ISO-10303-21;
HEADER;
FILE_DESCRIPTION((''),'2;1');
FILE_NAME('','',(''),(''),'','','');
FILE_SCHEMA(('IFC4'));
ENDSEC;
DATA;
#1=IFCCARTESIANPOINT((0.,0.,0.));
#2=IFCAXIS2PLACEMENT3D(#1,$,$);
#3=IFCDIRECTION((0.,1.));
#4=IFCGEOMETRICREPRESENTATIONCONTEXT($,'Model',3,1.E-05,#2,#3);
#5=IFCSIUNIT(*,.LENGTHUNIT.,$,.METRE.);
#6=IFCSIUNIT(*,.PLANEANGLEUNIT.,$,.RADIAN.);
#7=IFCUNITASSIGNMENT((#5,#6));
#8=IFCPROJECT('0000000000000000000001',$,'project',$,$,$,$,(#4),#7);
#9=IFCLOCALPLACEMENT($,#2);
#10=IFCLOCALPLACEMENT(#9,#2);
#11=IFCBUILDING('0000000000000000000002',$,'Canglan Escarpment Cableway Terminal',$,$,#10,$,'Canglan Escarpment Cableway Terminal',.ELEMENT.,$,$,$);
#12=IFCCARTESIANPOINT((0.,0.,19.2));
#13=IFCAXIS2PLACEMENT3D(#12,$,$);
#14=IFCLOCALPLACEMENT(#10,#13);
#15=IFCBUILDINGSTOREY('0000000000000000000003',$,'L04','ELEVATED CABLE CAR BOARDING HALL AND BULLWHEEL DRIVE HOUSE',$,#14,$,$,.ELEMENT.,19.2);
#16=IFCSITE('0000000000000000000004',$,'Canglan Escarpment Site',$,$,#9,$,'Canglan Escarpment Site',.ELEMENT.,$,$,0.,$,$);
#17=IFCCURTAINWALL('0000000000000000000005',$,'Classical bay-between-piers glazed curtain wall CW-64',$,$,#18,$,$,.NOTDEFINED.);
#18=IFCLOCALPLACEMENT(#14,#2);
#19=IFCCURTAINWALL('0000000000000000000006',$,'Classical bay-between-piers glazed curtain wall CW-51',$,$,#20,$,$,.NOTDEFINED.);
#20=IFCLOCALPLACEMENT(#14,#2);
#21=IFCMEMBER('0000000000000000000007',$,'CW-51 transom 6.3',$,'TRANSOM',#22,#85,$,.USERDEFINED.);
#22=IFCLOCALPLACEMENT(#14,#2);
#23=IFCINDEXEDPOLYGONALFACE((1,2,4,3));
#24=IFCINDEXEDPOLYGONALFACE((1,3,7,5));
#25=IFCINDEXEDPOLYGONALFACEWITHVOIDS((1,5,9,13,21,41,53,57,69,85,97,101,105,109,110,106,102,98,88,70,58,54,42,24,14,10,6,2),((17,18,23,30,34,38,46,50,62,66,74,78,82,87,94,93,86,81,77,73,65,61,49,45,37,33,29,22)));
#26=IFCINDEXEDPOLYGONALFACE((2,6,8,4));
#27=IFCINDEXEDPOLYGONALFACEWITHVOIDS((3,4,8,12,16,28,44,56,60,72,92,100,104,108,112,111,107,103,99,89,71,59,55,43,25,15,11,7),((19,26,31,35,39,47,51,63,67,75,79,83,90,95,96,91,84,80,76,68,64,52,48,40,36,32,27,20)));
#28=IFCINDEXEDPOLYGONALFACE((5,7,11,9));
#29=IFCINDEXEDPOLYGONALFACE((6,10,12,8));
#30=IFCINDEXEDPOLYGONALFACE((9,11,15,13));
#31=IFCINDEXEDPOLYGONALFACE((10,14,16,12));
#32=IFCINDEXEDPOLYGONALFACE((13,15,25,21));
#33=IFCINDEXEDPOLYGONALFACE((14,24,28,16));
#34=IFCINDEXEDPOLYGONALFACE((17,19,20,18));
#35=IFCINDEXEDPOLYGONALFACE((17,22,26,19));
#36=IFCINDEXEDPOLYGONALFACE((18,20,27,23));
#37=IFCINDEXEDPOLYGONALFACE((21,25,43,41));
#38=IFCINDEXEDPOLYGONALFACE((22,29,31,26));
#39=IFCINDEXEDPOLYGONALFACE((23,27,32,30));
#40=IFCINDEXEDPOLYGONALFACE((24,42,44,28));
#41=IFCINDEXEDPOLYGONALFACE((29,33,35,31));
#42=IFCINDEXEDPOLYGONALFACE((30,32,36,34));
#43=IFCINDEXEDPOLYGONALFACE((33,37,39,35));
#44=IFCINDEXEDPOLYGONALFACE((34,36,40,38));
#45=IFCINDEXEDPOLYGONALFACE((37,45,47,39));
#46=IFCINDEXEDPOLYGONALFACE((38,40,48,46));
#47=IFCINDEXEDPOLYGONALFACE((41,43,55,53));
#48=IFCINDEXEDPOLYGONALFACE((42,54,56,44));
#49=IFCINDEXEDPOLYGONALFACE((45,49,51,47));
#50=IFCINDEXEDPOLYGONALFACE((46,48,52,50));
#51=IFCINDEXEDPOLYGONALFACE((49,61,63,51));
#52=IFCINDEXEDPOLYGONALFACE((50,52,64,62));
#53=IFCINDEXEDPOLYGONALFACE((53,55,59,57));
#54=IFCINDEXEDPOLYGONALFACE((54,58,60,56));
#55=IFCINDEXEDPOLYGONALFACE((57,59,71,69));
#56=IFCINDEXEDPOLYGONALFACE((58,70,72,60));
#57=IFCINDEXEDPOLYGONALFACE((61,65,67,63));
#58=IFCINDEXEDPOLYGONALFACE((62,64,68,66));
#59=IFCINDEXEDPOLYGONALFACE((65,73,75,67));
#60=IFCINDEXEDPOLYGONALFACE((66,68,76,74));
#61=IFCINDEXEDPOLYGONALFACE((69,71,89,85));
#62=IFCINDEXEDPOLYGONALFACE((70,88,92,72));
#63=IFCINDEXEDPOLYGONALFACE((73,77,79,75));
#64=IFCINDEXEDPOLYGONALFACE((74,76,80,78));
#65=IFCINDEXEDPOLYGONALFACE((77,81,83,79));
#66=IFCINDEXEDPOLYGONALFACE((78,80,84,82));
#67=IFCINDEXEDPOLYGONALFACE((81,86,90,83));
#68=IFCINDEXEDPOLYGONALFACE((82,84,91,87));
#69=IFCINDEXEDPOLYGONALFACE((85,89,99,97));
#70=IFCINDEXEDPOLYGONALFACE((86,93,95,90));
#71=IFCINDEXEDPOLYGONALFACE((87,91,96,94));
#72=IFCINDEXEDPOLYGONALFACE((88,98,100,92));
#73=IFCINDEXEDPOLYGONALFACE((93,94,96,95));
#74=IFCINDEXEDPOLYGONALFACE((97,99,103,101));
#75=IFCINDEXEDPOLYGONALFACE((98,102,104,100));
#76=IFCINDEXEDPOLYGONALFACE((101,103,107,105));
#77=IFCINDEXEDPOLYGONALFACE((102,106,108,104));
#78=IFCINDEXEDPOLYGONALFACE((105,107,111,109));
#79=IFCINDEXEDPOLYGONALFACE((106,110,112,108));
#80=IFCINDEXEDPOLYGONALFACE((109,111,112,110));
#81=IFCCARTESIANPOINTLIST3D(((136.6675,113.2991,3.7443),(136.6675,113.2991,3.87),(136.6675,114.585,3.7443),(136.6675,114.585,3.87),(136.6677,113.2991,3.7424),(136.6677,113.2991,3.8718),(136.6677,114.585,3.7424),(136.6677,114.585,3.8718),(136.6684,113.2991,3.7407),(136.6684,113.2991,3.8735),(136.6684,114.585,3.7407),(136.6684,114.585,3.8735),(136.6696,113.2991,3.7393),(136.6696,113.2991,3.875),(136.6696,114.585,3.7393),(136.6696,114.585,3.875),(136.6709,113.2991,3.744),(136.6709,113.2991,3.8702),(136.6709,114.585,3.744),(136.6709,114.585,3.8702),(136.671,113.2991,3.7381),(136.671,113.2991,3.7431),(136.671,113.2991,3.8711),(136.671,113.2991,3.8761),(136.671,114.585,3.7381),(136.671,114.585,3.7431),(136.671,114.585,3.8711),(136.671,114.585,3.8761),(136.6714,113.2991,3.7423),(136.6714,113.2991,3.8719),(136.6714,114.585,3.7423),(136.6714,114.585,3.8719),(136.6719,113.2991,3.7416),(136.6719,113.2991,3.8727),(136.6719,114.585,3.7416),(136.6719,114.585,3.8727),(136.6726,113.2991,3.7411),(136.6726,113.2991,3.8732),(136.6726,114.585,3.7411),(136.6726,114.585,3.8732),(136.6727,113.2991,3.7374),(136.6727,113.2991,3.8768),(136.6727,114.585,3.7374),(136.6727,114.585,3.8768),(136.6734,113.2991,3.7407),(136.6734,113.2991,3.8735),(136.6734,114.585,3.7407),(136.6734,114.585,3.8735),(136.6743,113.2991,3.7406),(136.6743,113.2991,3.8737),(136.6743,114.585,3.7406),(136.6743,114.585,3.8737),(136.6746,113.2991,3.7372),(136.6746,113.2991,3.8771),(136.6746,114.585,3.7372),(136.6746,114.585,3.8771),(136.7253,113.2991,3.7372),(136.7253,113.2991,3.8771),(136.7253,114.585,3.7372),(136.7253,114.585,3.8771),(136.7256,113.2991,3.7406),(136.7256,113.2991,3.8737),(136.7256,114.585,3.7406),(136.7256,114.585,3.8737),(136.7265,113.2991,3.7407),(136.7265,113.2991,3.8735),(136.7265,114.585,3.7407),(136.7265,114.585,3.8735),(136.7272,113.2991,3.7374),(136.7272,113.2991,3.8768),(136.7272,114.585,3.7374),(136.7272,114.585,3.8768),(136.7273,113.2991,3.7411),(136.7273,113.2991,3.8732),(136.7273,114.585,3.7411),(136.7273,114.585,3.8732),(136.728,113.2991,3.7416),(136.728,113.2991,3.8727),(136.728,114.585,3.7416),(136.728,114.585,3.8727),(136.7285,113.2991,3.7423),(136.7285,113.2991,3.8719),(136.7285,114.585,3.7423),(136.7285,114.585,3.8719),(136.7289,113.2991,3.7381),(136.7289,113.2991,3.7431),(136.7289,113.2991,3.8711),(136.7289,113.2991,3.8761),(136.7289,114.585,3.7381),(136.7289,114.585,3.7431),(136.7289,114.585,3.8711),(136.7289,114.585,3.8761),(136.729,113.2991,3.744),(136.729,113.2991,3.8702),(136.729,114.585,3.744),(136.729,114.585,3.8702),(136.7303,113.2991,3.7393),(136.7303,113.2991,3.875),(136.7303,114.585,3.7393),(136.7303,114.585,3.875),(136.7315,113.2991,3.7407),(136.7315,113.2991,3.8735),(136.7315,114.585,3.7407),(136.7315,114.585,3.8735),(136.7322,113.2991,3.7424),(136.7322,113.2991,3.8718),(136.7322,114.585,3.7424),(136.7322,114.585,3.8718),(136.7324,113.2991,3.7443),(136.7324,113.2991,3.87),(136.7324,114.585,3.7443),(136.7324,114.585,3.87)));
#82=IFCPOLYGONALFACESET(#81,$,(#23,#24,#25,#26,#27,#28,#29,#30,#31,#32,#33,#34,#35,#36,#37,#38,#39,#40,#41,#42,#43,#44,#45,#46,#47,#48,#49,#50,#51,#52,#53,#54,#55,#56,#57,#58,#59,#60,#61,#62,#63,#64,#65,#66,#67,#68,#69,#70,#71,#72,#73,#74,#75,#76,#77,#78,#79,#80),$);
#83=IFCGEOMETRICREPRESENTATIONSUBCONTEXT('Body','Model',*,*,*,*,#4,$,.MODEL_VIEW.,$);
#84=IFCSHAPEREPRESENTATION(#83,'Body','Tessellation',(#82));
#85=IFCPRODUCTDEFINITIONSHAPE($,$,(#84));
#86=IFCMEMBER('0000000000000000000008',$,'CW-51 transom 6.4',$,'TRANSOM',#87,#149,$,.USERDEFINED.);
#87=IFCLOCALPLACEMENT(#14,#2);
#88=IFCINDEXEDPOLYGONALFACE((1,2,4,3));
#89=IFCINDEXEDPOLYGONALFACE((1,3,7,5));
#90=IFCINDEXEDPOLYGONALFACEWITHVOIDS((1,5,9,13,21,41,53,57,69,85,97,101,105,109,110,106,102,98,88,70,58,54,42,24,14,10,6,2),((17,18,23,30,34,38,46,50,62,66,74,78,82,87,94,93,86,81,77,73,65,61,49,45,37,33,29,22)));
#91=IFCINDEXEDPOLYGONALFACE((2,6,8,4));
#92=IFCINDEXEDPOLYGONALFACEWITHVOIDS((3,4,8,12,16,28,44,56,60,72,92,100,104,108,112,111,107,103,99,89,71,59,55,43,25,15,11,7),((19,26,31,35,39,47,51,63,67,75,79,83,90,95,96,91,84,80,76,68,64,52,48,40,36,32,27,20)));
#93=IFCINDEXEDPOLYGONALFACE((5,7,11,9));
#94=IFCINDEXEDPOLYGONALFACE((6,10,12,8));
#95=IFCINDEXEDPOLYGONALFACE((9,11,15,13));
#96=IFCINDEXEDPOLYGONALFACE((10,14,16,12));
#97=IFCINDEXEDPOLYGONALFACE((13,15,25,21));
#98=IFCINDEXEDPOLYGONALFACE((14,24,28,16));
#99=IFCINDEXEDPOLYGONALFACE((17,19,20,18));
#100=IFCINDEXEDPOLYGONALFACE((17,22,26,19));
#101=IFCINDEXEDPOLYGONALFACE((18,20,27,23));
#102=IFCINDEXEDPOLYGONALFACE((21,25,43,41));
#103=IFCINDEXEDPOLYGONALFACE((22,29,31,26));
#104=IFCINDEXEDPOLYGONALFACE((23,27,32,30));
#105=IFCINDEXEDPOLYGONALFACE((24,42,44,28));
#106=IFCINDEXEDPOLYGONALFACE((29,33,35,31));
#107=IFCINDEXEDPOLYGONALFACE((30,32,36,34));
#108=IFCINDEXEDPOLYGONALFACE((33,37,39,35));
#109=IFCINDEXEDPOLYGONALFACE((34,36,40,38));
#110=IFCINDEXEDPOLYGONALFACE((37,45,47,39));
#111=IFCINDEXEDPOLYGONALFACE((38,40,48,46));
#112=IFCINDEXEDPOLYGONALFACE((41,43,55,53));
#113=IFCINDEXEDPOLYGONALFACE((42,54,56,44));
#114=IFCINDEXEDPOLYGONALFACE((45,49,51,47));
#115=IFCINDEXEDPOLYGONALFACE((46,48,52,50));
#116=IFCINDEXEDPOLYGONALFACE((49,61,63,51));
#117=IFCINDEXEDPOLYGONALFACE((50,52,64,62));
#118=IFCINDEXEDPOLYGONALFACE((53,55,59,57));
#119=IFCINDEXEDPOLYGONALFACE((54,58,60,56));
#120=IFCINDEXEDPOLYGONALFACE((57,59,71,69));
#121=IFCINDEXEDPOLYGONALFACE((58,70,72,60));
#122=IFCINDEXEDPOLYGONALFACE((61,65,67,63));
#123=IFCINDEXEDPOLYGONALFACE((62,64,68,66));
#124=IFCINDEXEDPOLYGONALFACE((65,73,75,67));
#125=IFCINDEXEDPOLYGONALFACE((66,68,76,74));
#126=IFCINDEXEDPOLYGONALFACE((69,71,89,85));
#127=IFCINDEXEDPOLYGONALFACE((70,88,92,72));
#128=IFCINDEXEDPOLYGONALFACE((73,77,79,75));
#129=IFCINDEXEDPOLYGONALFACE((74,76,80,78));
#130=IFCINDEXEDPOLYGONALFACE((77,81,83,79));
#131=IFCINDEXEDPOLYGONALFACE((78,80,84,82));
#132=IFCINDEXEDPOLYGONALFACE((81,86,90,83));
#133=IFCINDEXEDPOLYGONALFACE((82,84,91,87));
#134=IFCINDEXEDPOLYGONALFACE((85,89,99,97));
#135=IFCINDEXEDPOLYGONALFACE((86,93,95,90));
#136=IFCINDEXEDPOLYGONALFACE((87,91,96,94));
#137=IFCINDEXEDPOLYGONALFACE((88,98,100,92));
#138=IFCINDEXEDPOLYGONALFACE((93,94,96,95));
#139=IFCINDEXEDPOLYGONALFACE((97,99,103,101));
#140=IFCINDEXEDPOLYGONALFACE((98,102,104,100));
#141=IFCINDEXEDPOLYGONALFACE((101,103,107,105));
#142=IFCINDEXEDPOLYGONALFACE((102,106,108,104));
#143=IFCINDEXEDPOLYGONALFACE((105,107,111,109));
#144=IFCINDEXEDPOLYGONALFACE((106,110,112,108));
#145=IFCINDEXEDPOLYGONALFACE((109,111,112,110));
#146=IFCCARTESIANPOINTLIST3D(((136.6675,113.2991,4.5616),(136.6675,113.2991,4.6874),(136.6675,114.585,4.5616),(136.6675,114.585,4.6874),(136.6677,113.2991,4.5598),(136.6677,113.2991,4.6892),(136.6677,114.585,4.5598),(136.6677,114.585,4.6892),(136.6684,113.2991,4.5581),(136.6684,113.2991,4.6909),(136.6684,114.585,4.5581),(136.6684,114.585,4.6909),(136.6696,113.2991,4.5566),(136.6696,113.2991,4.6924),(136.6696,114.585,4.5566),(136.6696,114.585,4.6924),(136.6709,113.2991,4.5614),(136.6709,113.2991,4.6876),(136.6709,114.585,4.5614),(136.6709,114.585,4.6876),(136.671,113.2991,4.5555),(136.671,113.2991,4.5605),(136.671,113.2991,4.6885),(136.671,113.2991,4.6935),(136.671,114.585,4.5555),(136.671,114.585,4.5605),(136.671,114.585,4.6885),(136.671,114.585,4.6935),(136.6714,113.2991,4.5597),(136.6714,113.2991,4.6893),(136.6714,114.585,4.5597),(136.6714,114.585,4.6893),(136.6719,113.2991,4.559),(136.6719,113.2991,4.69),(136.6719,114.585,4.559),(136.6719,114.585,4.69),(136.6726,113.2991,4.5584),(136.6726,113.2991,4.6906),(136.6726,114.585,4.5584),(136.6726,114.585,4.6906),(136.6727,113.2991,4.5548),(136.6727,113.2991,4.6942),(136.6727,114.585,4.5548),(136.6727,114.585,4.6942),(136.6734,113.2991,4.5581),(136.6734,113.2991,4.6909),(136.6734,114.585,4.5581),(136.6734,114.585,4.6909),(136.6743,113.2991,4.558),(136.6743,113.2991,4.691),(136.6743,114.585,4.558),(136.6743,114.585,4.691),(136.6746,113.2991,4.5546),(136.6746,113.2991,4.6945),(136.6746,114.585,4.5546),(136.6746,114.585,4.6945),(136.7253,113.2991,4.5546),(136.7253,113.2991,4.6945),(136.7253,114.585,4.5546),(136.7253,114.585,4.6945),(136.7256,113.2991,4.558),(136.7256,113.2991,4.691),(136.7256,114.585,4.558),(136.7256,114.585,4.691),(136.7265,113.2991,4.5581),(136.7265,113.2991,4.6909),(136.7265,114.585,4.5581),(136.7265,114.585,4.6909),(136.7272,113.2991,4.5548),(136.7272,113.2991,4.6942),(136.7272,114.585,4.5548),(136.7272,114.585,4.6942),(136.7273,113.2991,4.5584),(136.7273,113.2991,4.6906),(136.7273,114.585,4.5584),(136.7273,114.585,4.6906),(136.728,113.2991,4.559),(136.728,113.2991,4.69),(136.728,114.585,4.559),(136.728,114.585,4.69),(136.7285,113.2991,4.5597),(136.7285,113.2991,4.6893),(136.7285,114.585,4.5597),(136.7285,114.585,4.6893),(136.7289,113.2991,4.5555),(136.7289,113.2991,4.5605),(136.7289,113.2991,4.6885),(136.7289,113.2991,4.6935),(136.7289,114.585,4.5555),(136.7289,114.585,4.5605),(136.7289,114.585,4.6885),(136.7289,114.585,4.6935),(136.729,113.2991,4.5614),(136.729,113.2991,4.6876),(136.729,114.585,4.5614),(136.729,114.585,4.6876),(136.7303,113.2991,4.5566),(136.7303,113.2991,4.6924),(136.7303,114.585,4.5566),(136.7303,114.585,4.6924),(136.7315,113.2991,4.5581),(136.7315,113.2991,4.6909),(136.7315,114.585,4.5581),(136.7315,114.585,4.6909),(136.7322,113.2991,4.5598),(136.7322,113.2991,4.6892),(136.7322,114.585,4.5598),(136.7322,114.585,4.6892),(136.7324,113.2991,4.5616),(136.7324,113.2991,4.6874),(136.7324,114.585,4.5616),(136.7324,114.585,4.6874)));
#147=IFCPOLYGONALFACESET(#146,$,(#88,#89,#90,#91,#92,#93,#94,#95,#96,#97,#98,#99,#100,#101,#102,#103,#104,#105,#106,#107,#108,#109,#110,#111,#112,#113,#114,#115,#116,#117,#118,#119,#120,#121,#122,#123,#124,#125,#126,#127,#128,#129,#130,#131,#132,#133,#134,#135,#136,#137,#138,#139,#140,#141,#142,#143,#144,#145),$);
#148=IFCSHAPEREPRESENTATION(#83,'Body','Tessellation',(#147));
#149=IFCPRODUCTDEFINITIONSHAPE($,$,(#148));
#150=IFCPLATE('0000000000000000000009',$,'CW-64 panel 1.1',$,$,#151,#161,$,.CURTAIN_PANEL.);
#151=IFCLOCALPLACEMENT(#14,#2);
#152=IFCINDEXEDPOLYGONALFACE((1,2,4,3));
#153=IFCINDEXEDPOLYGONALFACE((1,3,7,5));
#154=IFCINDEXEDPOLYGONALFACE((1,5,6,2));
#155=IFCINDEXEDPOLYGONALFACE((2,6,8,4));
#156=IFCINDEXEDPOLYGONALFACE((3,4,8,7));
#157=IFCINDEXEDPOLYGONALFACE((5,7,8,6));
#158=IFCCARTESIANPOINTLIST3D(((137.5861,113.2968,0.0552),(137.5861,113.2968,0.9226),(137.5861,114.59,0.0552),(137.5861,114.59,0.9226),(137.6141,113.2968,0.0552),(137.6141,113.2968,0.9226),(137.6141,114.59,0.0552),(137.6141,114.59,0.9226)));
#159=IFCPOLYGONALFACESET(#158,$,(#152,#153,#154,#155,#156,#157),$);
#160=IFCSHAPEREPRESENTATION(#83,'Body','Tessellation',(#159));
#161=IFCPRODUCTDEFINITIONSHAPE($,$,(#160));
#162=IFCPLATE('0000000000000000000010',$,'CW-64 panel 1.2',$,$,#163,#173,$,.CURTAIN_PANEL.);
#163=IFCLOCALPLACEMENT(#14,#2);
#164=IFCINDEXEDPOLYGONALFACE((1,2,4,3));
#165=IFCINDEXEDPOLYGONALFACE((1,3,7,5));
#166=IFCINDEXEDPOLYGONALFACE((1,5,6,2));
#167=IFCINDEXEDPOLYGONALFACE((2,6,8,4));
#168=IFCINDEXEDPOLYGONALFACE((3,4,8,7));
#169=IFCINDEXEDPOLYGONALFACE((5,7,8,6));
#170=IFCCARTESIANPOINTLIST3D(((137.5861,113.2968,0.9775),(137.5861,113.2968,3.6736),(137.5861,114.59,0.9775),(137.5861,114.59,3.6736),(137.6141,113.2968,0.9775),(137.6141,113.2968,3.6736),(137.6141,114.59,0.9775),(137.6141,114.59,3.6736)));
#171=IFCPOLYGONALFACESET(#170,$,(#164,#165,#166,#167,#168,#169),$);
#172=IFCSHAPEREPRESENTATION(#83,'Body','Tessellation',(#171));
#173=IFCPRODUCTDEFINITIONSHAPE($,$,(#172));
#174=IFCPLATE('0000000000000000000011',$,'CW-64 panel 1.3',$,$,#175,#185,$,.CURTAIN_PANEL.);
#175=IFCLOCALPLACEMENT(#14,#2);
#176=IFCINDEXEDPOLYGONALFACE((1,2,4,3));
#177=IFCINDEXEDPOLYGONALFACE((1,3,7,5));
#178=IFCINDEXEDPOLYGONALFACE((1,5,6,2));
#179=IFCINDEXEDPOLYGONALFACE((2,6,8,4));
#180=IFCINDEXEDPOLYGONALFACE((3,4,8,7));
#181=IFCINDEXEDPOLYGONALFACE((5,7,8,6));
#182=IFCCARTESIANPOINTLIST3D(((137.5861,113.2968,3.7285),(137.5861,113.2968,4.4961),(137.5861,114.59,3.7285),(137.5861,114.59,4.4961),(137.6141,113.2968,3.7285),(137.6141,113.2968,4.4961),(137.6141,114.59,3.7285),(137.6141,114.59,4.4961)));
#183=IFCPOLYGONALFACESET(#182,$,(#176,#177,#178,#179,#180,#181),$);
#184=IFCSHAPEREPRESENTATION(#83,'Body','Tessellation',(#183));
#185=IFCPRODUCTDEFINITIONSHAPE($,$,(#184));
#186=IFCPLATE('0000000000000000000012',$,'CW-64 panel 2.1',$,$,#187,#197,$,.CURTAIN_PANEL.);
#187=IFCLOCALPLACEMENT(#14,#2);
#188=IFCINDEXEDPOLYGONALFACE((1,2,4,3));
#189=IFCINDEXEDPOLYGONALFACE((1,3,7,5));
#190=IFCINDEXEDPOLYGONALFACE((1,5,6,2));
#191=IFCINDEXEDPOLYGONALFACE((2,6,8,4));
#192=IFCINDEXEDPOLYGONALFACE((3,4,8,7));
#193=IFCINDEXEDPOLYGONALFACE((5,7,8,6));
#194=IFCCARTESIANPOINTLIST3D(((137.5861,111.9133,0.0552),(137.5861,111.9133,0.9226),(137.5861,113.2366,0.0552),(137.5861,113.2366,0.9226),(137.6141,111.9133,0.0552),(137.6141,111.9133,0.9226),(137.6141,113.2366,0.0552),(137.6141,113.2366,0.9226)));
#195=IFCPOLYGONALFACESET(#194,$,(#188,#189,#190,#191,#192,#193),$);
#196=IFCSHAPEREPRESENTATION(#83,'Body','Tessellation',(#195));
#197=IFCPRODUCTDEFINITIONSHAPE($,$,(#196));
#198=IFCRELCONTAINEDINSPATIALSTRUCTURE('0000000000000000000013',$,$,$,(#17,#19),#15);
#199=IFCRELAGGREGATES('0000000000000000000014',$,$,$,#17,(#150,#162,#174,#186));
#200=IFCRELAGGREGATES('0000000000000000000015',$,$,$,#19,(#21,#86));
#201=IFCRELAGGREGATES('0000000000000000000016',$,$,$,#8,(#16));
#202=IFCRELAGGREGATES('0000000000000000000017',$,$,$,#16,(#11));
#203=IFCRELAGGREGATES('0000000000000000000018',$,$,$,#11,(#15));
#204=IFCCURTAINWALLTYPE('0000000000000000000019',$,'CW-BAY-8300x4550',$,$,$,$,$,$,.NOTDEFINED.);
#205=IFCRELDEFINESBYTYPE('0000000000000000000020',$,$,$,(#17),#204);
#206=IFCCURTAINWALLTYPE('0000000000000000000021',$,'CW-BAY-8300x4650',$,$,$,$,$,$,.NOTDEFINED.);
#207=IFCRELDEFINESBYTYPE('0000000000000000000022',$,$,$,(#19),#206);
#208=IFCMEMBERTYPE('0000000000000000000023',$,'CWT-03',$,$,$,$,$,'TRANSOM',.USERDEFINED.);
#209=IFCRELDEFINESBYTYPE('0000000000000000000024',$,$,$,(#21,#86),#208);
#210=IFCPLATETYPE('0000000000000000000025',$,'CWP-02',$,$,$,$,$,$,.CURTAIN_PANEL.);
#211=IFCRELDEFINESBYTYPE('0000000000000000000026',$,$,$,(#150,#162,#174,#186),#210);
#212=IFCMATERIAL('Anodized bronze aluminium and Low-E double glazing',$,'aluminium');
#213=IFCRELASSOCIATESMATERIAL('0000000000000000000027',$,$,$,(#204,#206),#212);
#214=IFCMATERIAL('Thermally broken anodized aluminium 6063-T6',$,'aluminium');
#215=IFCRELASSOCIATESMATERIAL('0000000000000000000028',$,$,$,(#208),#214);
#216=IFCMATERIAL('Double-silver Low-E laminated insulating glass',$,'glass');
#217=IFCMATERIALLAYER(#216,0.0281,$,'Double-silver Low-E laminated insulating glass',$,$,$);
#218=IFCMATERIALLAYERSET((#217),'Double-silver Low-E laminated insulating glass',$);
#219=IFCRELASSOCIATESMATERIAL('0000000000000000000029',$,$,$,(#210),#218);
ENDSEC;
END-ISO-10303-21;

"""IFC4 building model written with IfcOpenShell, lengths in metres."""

from ifc_helpers import new_model, si_unit, direction, frame, origin, origin_2d, place, context, subcontext, project, spatial, rectangle, hollow_rectangle, extrude, material, layer, layer_set, material_profile, profile_set, type_object, element, aggregate, save


model = new_model("IFC4")

# Units and contexts
model_context = context("Model", 3, precision=1e-05, world=origin(), true_north=direction((0.0, 1.0)))
body_context = subcontext(model_context, "Body", "Model", "MODEL_VIEW")
ifc_project = project(units=[si_unit("LENGTHUNIT", "METRE"), si_unit("PLANEANGLEUNIT", "RADIAN")], contexts=[model_context])

# Site, building, storey
site_placement = place(None, origin())
site = spatial("IfcSite", under=ifc_project, at=site_placement, Name="Canglan Escarpment Site", LongName="Canglan Escarpment Site", CompositionType="ELEMENT", RefElevation=0.0)
building_placement = place(site_placement, origin())
building = spatial("IfcBuilding", under=site, at=building_placement, Name="Canglan Escarpment Cableway Terminal", LongName="Canglan Escarpment Cableway Terminal", CompositionType="ELEMENT")
storey_placement = place(building_placement, frame((0.0, 0.0, 19.2)))
storey = spatial("IfcBuildingStorey", under=building, at=storey_placement, Name="L04", Description="ELEVATED CABLE CAR BOARDING HALL AND BULLWHEEL DRIVE HOUSE", CompositionType="ELEMENT", Elevation=19.2)

# Curtain wall
ifc_material_1 = material(Name="Anodized bronze aluminium and Low-E double glazing", Category="aluminium")
curtain_wall_type_1 = type_object("IfcCurtainWallType", Name="CW-BAY-8300x4550", PredefinedType="NOTDEFINED", material=ifc_material_1)
curtain_wall_1_placement = place(storey_placement, origin())
curtain_wall_1 = element("IfcCurtainWall", 1, at=curtain_wall_1_placement, inside=storey, type_object=curtain_wall_type_1, Name="Classical bay-between-piers glazed curtain wall CW-64", PredefinedType="NOTDEFINED")
ifc_material_2 = material(Name="Thermally broken anodized aluminium 6063-T6", Category="aluminium")

# Curtain wall, members
curtain_wall_type_2 = type_object("IfcCurtainWallType", Name="CW-BAY-8300x4650", PredefinedType="NOTDEFINED", material=ifc_material_1)
curtain_wall_2_placement = place(storey_placement, origin())
curtain_wall_2 = element("IfcCurtainWall", 2, at=curtain_wall_2_placement, inside=storey, type_object=curtain_wall_type_2, Name="Classical bay-between-piers glazed curtain wall CW-51", PredefinedType="NOTDEFINED")
ifc_material_profile_1 = material_profile(ifc_material_2, hollow_rectangle(XDim=0.0649, YDim=0.1399, WallThickness=0.0034, InnerFilletRadius=0.0034, OuterFilletRadius=0.0071, at=origin_2d()), Name="ALU-TRAN 65x140x3.5")
ifc_profile_set_1 = profile_set([ifc_material_profile_1], Name="Thermally broken anodized aluminium 6063-T6")
member_type_1 = type_object("IfcMemberType", Name="CWT-03", ElementType="TRANSOM", PredefinedType="USERDEFINED", material=ifc_profile_set_1)
member_1_placement = place(storey_placement, frame((136.7, 113.2991, 3.8071), z_axis=(0.0, 1.0, 0.0), x_axis=(-1.0, 0.0, 0.0)))
member_1 = element("IfcMember", 3, at=member_1_placement, type_object=member_type_1, Name="CW-51 transom 6.3", ObjectType="TRANSOM", PredefinedType="USERDEFINED", context=body_context, shape_type="SweptSolid", body=[
    extrude(hollow_rectangle(XDim=0.0649, YDim=0.1399, WallThickness=0.0034, InnerFilletRadius=0.0034, OuterFilletRadius=0.0071, at=origin_2d()), origin(), (0.0, 0.0, 1.0), 1.2859),
])
member_2_placement = place(storey_placement, frame((136.7, 113.2991, 4.6245), z_axis=(0.0, 1.0, 0.0), x_axis=(-1.0, 0.0, 0.0)))
member_2 = element("IfcMember", 4, at=member_2_placement, type_object=member_type_1, Name="CW-51 transom 6.4", ObjectType="TRANSOM", PredefinedType="USERDEFINED", context=body_context, shape_type="SweptSolid", body=[
    extrude(hollow_rectangle(XDim=0.0649, YDim=0.1399, WallThickness=0.0034, InnerFilletRadius=0.0034, OuterFilletRadius=0.0071, at=origin_2d()), origin(), (0.0, 0.0, 1.0), 1.2859),
])

# Plates
ifc_material_3 = material(Name="Double-silver Low-E laminated insulating glass", Category="glass")
ifc_layer_1 = layer(ifc_material_3, 0.0281, Name="Double-silver Low-E laminated insulating glass")
ifc_layer_set_1 = layer_set([ifc_layer_1], Name="Double-silver Low-E laminated insulating glass")
plate_type_1 = type_object("IfcPlateType", Name="CWP-02", PredefinedType="CURTAIN_PANEL", material=ifc_layer_set_1)
plate_1_placement = place(storey_placement, frame((137.6001, 113.9434, 0.0552), z_axis=(0.0, 0.0, 1.0), x_axis=(0.0, -1.0, 0.0)))
plate_1 = element("IfcPlate", 5, at=plate_1_placement, type_object=plate_type_1, Name="CW-64 panel 1.1", PredefinedType="CURTAIN_PANEL", context=body_context, shape_type="SweptSolid", body=[
    extrude(rectangle(XDim=1.2932, YDim=0.0281, at=origin_2d()), origin(), (0.0, 0.0, 1.0), 0.8674),
])
plate_2_placement = place(storey_placement, frame((137.6001, 113.9434, 0.9775), z_axis=(0.0, 0.0, 1.0), x_axis=(0.0, -1.0, 0.0)))
plate_2 = element("IfcPlate", 6, at=plate_2_placement, type_object=plate_type_1, Name="CW-64 panel 1.2", PredefinedType="CURTAIN_PANEL", context=body_context, shape_type="SweptSolid", body=[
    extrude(rectangle(XDim=1.2932, YDim=0.0281, at=origin_2d()), origin(), (0.0, 0.0, 1.0), 2.696),
])
plate_3_placement = place(storey_placement, frame((137.6001, 113.9434, 3.7285), z_axis=(0.0, 0.0, 1.0), x_axis=(0.0, -1.0, 0.0)))
plate_3 = element("IfcPlate", 7, at=plate_3_placement, type_object=plate_type_1, Name="CW-64 panel 1.3", PredefinedType="CURTAIN_PANEL", context=body_context, shape_type="SweptSolid", body=[
    extrude(rectangle(XDim=1.2932, YDim=0.0281, at=origin_2d()), origin(), (0.0, 0.0, 1.0), 0.7676),
])
plate_4_placement = place(storey_placement, frame((137.6001, 112.575, 0.0552), z_axis=(0.0, 0.0, 1.0), x_axis=(0.0, -1.0, 0.0)))
plate_4 = element("IfcPlate", 8, at=plate_4_placement, type_object=plate_type_1, Name="CW-64 panel 2.1", PredefinedType="CURTAIN_PANEL", context=body_context, shape_type="SweptSolid", body=[
    extrude(rectangle(XDim=1.3232, YDim=0.0281, at=origin_2d()), origin(), (0.0, 0.0, 1.0), 0.8674),
])
aggregate(curtain_wall_1, [plate_1, plate_2, plate_3, plate_4])
aggregate(curtain_wall_2, [member_1, member_2])

save(model, "model.ifc")
